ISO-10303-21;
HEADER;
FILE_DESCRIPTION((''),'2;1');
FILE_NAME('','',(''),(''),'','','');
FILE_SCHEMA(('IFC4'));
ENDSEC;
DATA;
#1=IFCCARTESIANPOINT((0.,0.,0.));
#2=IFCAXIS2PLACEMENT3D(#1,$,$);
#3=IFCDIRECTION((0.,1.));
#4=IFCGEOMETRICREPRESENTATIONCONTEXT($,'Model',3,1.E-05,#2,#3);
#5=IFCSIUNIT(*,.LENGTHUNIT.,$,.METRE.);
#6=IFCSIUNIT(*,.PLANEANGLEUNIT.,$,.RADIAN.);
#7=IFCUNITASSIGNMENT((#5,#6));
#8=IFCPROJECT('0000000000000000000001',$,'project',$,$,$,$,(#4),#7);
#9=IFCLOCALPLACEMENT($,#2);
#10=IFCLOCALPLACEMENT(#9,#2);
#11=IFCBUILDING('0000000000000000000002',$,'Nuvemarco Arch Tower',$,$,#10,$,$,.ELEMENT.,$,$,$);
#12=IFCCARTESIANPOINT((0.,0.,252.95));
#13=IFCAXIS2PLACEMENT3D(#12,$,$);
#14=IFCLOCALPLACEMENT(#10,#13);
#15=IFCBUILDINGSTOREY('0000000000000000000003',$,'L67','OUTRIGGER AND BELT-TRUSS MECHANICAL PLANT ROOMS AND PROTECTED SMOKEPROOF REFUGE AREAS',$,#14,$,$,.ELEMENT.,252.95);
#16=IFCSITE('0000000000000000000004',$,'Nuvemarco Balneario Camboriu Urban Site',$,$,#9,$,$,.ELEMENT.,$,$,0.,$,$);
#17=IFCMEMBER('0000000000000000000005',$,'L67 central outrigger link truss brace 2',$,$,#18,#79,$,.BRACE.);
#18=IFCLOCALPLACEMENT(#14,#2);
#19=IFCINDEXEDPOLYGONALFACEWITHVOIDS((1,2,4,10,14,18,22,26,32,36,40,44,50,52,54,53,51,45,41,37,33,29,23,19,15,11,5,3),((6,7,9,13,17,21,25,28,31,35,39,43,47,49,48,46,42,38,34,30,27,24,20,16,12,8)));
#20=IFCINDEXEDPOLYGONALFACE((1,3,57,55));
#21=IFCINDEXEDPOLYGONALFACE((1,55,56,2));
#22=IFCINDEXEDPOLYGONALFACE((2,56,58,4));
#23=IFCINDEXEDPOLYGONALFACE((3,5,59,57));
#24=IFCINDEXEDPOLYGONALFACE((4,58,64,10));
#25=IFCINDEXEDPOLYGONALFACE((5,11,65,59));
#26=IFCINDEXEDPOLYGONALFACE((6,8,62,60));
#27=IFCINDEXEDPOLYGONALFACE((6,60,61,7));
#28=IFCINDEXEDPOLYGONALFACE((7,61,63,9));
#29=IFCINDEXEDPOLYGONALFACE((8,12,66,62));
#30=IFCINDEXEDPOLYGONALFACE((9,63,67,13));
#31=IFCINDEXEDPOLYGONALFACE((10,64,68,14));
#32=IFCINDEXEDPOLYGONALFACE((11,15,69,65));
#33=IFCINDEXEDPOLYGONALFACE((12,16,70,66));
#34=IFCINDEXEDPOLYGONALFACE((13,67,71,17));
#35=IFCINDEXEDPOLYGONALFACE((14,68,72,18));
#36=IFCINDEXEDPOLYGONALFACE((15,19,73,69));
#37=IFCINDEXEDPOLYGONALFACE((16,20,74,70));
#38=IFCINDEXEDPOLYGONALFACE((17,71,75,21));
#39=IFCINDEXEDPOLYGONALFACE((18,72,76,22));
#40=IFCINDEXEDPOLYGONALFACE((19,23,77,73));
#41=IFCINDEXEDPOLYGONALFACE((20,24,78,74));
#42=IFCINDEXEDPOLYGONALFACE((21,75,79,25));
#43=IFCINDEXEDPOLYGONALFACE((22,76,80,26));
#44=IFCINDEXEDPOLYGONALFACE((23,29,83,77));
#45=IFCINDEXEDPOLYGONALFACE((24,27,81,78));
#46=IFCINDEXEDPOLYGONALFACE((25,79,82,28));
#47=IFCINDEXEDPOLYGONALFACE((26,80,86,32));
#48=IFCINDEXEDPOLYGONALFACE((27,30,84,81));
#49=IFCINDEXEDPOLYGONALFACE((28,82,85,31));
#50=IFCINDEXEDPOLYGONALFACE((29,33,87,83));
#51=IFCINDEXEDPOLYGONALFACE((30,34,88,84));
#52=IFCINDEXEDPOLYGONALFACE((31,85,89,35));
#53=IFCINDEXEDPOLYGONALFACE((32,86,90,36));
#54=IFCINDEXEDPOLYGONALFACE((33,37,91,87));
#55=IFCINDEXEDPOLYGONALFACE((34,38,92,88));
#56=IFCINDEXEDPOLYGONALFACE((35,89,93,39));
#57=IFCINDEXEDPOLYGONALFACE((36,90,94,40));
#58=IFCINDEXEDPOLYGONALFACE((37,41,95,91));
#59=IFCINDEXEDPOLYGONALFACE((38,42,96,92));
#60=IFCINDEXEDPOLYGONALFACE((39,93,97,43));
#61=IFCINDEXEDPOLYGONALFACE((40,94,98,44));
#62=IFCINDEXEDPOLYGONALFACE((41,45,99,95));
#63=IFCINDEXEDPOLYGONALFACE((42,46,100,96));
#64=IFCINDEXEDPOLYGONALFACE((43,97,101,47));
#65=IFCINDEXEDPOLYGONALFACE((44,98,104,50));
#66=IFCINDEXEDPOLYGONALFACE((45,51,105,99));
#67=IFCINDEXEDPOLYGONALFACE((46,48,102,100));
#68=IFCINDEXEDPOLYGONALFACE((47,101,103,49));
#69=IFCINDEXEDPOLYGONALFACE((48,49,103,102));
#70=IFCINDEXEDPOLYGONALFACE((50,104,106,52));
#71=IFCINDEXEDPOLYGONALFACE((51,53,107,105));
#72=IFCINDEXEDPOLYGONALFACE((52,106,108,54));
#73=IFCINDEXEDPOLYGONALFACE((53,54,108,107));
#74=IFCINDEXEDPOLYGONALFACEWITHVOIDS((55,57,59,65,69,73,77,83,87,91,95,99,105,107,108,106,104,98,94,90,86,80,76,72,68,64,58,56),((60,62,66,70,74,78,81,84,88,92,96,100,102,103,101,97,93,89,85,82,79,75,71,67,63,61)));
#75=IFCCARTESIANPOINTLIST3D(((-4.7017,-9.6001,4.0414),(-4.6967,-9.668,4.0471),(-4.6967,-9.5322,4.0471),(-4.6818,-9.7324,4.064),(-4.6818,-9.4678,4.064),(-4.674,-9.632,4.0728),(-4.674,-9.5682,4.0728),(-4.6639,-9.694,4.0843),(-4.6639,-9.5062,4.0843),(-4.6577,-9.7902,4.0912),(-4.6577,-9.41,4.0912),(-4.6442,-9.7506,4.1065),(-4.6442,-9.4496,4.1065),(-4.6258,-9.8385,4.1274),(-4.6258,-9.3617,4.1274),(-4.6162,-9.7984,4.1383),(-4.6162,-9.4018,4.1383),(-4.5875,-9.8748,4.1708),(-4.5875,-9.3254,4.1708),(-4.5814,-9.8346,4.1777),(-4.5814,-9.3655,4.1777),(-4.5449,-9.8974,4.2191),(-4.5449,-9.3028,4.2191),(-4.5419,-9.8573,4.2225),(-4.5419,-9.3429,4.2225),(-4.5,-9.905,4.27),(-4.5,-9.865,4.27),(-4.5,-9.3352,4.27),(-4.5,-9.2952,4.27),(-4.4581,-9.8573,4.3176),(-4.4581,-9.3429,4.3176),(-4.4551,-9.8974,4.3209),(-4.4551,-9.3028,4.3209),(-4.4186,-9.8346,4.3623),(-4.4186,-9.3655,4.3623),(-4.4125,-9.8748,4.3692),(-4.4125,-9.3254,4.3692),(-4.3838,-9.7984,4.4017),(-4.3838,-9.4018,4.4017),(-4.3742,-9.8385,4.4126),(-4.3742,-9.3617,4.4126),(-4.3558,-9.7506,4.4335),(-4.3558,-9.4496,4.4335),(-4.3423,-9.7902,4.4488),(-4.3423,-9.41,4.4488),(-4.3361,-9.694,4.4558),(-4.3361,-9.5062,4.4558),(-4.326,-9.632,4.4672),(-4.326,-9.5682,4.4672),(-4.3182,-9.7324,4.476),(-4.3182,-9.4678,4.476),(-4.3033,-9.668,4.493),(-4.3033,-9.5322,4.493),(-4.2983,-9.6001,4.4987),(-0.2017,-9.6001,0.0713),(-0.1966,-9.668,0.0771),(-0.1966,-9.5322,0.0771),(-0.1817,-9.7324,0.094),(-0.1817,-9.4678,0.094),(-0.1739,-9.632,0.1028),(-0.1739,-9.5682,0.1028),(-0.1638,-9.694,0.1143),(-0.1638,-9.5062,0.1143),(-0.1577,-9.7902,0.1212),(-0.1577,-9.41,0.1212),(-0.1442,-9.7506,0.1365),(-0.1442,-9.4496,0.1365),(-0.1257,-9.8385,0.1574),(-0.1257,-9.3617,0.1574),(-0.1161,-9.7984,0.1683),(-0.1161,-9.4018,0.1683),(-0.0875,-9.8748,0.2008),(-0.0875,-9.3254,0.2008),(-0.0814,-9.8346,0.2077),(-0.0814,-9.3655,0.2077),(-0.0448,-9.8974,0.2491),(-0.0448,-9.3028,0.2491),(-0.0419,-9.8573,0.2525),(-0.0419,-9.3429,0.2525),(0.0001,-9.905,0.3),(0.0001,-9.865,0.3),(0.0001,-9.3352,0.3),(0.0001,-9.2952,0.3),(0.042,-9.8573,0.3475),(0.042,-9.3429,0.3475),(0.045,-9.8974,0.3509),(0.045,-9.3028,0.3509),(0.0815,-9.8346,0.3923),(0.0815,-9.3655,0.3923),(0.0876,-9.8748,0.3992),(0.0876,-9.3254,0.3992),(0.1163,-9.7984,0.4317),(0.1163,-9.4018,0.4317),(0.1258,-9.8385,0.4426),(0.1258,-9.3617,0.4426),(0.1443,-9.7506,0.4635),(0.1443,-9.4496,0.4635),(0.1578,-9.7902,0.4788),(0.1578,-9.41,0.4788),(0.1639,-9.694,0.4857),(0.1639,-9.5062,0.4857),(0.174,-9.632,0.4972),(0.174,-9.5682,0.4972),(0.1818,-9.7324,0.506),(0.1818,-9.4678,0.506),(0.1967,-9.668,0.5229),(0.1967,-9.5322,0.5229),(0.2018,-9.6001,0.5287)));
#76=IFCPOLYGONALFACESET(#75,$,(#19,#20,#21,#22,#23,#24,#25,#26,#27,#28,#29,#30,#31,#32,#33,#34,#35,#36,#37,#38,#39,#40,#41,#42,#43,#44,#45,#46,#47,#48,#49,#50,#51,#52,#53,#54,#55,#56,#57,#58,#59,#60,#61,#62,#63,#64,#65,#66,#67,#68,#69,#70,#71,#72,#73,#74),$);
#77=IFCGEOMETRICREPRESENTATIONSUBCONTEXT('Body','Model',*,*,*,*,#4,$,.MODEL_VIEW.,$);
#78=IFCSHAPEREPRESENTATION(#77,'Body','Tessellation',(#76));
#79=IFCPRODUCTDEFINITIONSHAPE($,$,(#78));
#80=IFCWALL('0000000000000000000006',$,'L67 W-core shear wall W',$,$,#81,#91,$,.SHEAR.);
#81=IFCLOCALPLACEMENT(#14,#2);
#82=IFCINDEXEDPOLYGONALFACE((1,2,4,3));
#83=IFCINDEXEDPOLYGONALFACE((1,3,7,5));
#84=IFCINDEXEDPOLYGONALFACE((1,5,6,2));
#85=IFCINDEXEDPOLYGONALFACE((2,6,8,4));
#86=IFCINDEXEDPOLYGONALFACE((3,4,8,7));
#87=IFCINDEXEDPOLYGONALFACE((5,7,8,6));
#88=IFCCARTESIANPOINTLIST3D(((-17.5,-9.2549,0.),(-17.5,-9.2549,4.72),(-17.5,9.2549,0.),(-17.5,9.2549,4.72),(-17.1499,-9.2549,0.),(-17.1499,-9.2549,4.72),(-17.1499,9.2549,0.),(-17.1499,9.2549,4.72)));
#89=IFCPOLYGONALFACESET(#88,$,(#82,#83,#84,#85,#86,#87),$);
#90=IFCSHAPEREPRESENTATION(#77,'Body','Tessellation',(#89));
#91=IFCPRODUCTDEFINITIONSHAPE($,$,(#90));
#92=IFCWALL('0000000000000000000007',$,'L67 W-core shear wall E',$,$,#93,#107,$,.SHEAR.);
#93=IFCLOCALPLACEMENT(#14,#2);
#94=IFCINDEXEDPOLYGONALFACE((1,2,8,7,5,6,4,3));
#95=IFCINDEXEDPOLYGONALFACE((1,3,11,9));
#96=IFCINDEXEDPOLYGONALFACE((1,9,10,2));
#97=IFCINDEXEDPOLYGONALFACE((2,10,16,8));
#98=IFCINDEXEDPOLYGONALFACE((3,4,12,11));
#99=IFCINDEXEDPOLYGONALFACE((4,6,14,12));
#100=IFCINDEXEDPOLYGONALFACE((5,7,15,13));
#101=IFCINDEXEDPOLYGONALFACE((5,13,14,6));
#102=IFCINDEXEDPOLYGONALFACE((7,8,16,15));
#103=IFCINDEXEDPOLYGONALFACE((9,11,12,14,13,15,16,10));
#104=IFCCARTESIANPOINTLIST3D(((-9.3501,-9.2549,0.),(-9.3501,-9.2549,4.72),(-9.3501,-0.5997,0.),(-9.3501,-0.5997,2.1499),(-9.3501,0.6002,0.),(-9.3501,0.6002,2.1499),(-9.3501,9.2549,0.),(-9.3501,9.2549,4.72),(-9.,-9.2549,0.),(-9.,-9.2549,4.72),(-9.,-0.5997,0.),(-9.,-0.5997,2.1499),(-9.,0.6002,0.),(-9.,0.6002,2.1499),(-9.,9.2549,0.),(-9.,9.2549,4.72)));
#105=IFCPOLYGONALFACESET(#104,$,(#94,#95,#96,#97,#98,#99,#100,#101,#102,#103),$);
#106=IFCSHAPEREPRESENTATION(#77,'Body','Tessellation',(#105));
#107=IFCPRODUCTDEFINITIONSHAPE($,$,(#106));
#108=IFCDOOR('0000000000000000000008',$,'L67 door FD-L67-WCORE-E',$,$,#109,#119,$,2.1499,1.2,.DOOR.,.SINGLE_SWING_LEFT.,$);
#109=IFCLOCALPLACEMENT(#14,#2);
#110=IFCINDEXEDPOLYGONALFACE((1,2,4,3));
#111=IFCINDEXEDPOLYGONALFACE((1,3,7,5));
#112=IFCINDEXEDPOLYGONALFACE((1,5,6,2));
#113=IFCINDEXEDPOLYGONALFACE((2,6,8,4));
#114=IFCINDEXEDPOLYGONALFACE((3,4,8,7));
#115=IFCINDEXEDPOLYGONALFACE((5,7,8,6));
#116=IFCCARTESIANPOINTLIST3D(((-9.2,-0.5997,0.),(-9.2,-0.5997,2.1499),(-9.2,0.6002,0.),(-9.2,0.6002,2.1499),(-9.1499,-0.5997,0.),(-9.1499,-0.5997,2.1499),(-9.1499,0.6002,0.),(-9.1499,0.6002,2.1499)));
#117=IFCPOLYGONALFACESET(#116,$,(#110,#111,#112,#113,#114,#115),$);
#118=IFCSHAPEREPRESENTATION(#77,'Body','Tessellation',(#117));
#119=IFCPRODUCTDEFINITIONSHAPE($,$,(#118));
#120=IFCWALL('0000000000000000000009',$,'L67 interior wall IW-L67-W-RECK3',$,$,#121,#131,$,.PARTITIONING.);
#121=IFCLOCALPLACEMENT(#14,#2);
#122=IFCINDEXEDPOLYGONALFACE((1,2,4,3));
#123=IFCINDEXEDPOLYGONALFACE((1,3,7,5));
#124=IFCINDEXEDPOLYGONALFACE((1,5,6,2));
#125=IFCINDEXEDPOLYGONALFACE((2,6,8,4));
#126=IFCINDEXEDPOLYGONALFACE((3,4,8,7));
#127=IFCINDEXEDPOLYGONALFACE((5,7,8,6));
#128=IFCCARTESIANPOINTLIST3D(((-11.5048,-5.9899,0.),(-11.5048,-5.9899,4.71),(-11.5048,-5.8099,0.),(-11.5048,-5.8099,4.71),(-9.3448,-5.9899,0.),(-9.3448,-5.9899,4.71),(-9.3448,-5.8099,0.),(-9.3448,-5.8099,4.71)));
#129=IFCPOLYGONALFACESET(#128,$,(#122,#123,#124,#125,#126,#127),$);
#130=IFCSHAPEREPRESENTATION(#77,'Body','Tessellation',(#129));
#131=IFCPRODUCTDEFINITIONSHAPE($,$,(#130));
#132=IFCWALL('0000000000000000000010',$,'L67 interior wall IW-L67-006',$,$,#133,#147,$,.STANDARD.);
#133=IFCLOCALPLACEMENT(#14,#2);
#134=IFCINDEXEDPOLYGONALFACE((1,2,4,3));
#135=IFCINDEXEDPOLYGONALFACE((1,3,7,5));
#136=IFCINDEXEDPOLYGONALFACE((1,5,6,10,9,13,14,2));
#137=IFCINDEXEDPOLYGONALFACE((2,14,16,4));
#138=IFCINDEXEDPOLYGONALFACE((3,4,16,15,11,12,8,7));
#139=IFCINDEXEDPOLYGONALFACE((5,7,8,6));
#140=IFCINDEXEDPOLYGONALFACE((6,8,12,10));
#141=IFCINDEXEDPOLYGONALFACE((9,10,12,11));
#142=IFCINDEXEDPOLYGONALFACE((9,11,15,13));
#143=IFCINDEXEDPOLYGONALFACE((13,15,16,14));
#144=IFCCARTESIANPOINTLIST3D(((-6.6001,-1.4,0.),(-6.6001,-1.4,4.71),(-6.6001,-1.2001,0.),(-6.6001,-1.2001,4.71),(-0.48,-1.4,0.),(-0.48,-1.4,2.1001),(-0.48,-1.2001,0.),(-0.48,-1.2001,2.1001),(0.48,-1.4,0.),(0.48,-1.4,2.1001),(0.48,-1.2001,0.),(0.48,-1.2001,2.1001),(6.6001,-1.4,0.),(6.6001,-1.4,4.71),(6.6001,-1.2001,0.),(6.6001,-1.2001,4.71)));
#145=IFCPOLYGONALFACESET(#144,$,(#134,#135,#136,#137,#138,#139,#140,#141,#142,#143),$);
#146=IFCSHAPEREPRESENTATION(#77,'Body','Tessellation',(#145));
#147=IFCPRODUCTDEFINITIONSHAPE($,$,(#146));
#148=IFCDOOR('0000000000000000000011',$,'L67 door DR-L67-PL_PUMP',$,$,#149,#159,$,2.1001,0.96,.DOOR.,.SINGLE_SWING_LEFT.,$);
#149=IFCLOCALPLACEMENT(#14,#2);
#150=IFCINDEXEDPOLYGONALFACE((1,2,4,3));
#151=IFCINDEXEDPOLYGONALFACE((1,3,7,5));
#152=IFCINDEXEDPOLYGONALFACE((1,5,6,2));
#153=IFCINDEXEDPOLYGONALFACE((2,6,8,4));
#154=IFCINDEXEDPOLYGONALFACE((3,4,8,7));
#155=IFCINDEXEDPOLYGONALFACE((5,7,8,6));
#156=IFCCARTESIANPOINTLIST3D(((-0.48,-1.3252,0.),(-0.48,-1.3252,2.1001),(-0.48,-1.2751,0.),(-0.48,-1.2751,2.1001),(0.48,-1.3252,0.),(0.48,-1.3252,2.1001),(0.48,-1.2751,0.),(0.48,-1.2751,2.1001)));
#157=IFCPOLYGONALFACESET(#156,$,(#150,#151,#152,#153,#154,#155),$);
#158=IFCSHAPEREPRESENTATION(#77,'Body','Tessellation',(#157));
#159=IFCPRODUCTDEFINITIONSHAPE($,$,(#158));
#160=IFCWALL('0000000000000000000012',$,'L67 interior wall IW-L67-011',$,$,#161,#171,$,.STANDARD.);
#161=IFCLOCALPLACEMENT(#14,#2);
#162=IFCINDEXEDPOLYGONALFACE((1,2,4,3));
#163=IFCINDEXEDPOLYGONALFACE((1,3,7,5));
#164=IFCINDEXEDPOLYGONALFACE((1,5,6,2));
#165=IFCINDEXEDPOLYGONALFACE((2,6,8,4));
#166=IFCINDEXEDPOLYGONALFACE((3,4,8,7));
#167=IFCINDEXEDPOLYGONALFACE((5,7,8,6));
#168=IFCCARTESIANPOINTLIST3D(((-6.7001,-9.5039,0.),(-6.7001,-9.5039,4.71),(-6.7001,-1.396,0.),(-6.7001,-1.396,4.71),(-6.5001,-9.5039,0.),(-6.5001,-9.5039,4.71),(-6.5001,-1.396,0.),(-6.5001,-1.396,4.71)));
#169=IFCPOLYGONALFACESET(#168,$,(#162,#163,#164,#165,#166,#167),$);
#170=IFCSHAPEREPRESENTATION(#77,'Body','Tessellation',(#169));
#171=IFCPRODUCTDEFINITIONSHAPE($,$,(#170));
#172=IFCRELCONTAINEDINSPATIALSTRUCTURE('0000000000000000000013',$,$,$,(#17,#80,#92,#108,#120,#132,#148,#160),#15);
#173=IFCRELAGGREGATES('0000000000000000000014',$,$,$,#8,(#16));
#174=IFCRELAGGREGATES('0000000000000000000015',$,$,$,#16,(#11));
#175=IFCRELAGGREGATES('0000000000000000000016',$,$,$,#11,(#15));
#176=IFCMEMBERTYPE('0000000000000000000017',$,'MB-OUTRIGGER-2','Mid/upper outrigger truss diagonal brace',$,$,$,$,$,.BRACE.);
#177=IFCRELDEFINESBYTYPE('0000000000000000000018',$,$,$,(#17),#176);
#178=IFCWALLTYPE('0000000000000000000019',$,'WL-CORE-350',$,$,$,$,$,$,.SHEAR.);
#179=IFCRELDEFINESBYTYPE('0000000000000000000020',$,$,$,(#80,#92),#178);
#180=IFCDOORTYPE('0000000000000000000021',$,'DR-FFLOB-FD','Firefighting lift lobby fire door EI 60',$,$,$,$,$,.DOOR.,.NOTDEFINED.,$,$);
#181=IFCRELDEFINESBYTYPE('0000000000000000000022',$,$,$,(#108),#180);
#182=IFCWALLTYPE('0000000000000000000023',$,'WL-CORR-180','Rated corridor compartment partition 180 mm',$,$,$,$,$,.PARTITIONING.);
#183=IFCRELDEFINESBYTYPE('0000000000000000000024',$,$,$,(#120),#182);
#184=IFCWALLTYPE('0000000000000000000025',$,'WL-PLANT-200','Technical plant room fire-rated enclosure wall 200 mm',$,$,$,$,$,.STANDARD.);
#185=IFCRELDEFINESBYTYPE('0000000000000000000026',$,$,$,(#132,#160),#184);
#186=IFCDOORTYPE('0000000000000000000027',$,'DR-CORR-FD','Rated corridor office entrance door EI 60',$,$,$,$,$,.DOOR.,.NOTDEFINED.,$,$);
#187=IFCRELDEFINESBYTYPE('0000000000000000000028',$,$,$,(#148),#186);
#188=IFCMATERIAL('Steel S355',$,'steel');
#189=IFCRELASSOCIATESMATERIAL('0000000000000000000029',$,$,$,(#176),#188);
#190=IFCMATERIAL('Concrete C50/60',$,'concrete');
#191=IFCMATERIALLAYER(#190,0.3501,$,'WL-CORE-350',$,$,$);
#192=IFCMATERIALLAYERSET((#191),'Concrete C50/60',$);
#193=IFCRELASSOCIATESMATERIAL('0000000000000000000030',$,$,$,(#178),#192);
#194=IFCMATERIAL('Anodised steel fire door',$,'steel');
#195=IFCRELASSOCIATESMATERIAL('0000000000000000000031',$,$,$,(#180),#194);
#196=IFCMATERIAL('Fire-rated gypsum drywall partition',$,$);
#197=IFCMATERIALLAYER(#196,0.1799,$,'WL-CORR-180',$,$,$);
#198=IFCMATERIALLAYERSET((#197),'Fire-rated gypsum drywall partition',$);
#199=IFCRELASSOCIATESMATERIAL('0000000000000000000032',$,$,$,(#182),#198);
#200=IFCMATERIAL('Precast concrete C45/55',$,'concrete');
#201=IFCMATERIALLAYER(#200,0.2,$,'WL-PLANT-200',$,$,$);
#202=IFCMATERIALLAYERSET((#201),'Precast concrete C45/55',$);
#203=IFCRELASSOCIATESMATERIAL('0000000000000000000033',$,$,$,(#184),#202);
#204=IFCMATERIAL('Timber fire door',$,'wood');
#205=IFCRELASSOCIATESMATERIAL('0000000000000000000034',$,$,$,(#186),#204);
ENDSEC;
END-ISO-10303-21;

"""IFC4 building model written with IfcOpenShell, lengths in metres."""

from ifc_helpers import new_model, si_unit, direction, frame, frame_2d, origin, origin_2d, place, context, subcontext, project, spatial, rectangle, hollow_circle, extrude, source, transform, mapped, material, layer, layer_set, material_profile, profile_set, type_object, type_shapes, element, fill, save


model = new_model("IFC4")

# Units and contexts
model_context = context("Model", 3, precision=1e-05, world=origin(), true_north=direction((0.0, 1.0)))
body_context = subcontext(model_context, "Body", "Model", "MODEL_VIEW")
ifc_project = project(units=[si_unit("LENGTHUNIT", "METRE"), si_unit("PLANEANGLEUNIT", "RADIAN")], contexts=[model_context])

# Site, building, storey
site_placement = place(None, origin())
site = spatial("IfcSite", under=ifc_project, at=site_placement, Name="Nuvemarco Balneario Camboriu Urban Site", CompositionType="ELEMENT", RefElevation=0.0)
building_placement = place(site_placement, origin())
building = spatial("IfcBuilding", under=site, at=building_placement, Name="Nuvemarco Arch Tower", CompositionType="ELEMENT")
storey_placement = place(building_placement, frame((0.0, 0.0, 252.95)))
storey = spatial("IfcBuildingStorey", under=building, at=storey_placement, Name="L67", Description="OUTRIGGER AND BELT-TRUSS MECHANICAL PLANT ROOMS AND PROTECTED SMOKEPROOF REFUGE AREAS", CompositionType="ELEMENT", Elevation=252.95)

# Shared definitions
ifc_material_1 = material(Name="Concrete C50/60", Category="concrete")

# Shared definitions
ifc_material_2 = material(Name="Steel S355", Category="steel")

# Member
ifc_material_profile_1 = material_profile(ifc_material_2, hollow_circle(Radius=0.3049, WallThickness=0.04, at=origin_2d()), Name="CHS610x40")
ifc_profile_set_1 = profile_set([ifc_material_profile_1], Name="Steel S355")
member_type = type_object("IfcMemberType", Name="MB-OUTRIGGER-2", Description="Mid/upper outrigger truss diagonal brace", PredefinedType="BRACE", material=ifc_profile_set_1)
member_placement = place(storey_placement, frame((-4.5, -9.6001, 4.27), z_axis=(0.749889, 0.0, -0.661564), x_axis=(0.0, 1.0, 0.0)))
element("IfcMember", 1, at=member_placement, inside=storey, type_object=member_type, Name="L67 central outrigger link truss brace 2", PredefinedType="BRACE", context=body_context, shape_type="SweptSolid", body=[
    extrude(hollow_circle(Radius=0.3049, WallThickness=0.04, at=origin_2d()), origin(), (0.0, 0.0, 1.0), 6.001),
])

# Wall
ifc_layer_1 = layer(ifc_material_1, 0.3501, Name="WL-CORE-350")
ifc_layer_set_1 = layer_set([ifc_layer_1], Name="Concrete C50/60")
wall_type_1 = type_object("IfcWallType", Name="WL-CORE-350", PredefinedType="SHEAR", material=ifc_layer_set_1)
wall_1_placement = place(storey_placement, frame((-17.325, -9.2549, 0.0), z_axis=(0.0, 0.0, 1.0), x_axis=(0.0, 1.0, 0.0)))
element("IfcWall", 2, at=wall_1_placement, inside=storey, type_object=wall_type_1, Name="L67 W-core shear wall W", PredefinedType="SHEAR", context=body_context, shape_type="SweptSolid", body=[
    extrude(rectangle(XDim=18.5098, YDim=0.3501, at=frame_2d((9.2549, 0.0))), origin(), (0.0, 0.0, 1.0), 4.72),
])

# Wall, opening, door
wall_2_placement = place(storey_placement, frame((-9.175, -9.2549, 0.0), z_axis=(0.0, 0.0, 1.0), x_axis=(0.0, 1.0, 0.0)))
wall_2 = element("IfcWall", 3, at=wall_2_placement, inside=storey, type_object=wall_type_1, Name="L67 W-core shear wall E", PredefinedType="SHEAR", context=body_context, shape_type="SweptSolid", body=[
    extrude(rectangle(XDim=18.5098, YDim=0.3501, at=frame_2d((9.2549, 0.0))), origin(), (0.0, 0.0, 1.0), 4.72),
])
opening_1_placement = place(wall_2_placement, frame((8.655, 0.0, 0.0)))
opening_1 = element("IfcOpeningElement", 4, at=opening_1_placement, cuts=wall_2, PredefinedType="OPENING", context=body_context, shape_type="SweptSolid", body=[
    extrude(rectangle(XDim=1.2, YDim=2.1499, at=frame_2d((0.6001, 1.075))), frame((0.0, 0.1851, 0.0), z_axis=(0.0, -1.0, 0.0), x_axis=(1.0, 0.0, 0.0)), (0.0, 0.0, 1.0), 0.3701),
])
ifc_material_3 = material(Name="Anodised steel fire door", Category="steel")
door_type_1 = type_object("IfcDoorType", Name="DR-FFLOB-FD", Description="Firefighting lift lobby fire door EI 60", OperationType="NOTDEFINED", PredefinedType="DOOR", material=ifc_material_3)
shared_shape_1 = source(origin(), body_context, "Body", "SweptSolid", [
    extrude(rectangle(XDim=1.2, YDim=2.1499, at=frame_2d((0.6001, 1.075))), frame((0.0, 0.0249, 0.0), z_axis=(0.0, -1.0, 0.0), x_axis=(1.0, 0.0, 0.0)), (0.0, 0.0, 1.0), 0.05),
])
type_shapes(door_type_1, [shared_shape_1])
door_1_placement = place(opening_1_placement, origin())
door_1 = element("IfcDoor", 5, at=door_1_placement, inside=storey, type_object=door_type_1, Name="L67 door FD-L67-WCORE-E", OperationType="SINGLE_SWING_LEFT", OverallHeight=2.1499, OverallWidth=1.2, PredefinedType="DOOR", context=body_context, shape_type="MappedRepresentation", body=[
    mapped(shared_shape_1, transform((0.0, 0.0, 0.0), scale=1.0)),
])
fill(opening_1, door_1)

# Wall
ifc_material_4 = material(Name="Fire-rated gypsum drywall partition")
ifc_layer_2 = layer(ifc_material_4, 0.1799, Name="WL-CORR-180")
ifc_layer_set_2 = layer_set([ifc_layer_2], Name="Fire-rated gypsum drywall partition")
wall_type_2 = type_object("IfcWallType", Name="WL-CORR-180", Description="Rated corridor compartment partition 180 mm", PredefinedType="PARTITIONING", material=ifc_layer_set_2)
wall_3_placement = place(storey_placement, frame((-11.5049, -5.8999, 0.0), z_axis=(0.0, 0.0, 1.0), x_axis=(1.0, 0.0, 0.0)))
element("IfcWall", 6, at=wall_3_placement, inside=storey, type_object=wall_type_2, Name="L67 interior wall IW-L67-W-RECK3", PredefinedType="PARTITIONING", context=body_context, shape_type="SweptSolid", body=[
    extrude(rectangle(XDim=2.1599, YDim=0.1799, at=frame_2d((1.0801, 0.0))), origin(), (0.0, 0.0, 1.0), 4.71),
])

# Wall, opening, door
ifc_material_5 = material(Name="Precast concrete C45/55", Category="concrete")
ifc_layer_3 = layer(ifc_material_5, 0.2, Name="WL-PLANT-200")
ifc_layer_set_3 = layer_set([ifc_layer_3], Name="Precast concrete C45/55")
wall_type_3 = type_object("IfcWallType", Name="WL-PLANT-200", Description="Technical plant room fire-rated enclosure wall 200 mm", PredefinedType="STANDARD", material=ifc_layer_set_3)
wall_4_placement = place(storey_placement, frame((-6.6001, -1.3, 0.0), z_axis=(0.0, 0.0, 1.0), x_axis=(1.0, 0.0, 0.0)))
wall_4 = element("IfcWall", 7, at=wall_4_placement, inside=storey, type_object=wall_type_3, Name="L67 interior wall IW-L67-006", PredefinedType="STANDARD", context=body_context, shape_type="SweptSolid", body=[
    extrude(rectangle(XDim=13.2002, YDim=0.2, at=frame_2d((6.6001, 0.0))), origin(), (0.0, 0.0, 1.0), 4.71),
])
opening_2_placement = place(wall_4_placement, frame((6.1201, 0.0, 0.0)))
opening_2 = element("IfcOpeningElement", 8, at=opening_2_placement, cuts=wall_4, PredefinedType="OPENING", context=body_context, shape_type="SweptSolid", body=[
    extrude(rectangle(XDim=0.96, YDim=2.1001, at=frame_2d((0.48, 1.05))), frame((0.0, 0.1099, 0.0), z_axis=(0.0, -1.0, 0.0), x_axis=(1.0, 0.0, 0.0)), (0.0, 0.0, 1.0), 0.22),
])
ifc_material_6 = material(Name="Timber fire door", Category="wood")
door_type_2 = type_object("IfcDoorType", Name="DR-CORR-FD", Description="Rated corridor office entrance door EI 60", OperationType="NOTDEFINED", PredefinedType="DOOR", material=ifc_material_6)
shared_shape_2 = source(origin(), body_context, "Body", "SweptSolid", [
    extrude(rectangle(XDim=0.96, YDim=2.1001, at=frame_2d((0.48, 1.05))), frame((0.0, 0.0249, 0.0), z_axis=(0.0, -1.0, 0.0), x_axis=(1.0, 0.0, 0.0)), (0.0, 0.0, 1.0), 0.05),
])
type_shapes(door_type_2, [shared_shape_2])
door_2_placement = place(opening_2_placement, origin())
door_2 = element("IfcDoor", 9, at=door_2_placement, inside=storey, type_object=door_type_2, Name="L67 door DR-L67-PL_PUMP", OperationType="SINGLE_SWING_LEFT", OverallHeight=2.1001, OverallWidth=0.96, PredefinedType="DOOR", context=body_context, shape_type="MappedRepresentation", body=[
    mapped(shared_shape_2, transform((0.0, 0.0, 0.0), scale=1.0)),
])
fill(opening_2, door_2)

# Wall
wall_5_placement = place(storey_placement, frame((-6.6001, -9.5039, 0.0), z_axis=(0.0, 0.0, 1.0), x_axis=(0.0, 1.0, 0.0)))
element("IfcWall", 10, at=wall_5_placement, inside=storey, type_object=wall_type_3, Name="L67 interior wall IW-L67-011", PredefinedType="STANDARD", context=body_context, shape_type="SweptSolid", body=[
    extrude(rectangle(XDim=8.1079, YDim=0.2, at=frame_2d((4.054, 0.0))), origin(), (0.0, 0.0, 1.0), 4.71),
])

save(model, "model.ifc")
